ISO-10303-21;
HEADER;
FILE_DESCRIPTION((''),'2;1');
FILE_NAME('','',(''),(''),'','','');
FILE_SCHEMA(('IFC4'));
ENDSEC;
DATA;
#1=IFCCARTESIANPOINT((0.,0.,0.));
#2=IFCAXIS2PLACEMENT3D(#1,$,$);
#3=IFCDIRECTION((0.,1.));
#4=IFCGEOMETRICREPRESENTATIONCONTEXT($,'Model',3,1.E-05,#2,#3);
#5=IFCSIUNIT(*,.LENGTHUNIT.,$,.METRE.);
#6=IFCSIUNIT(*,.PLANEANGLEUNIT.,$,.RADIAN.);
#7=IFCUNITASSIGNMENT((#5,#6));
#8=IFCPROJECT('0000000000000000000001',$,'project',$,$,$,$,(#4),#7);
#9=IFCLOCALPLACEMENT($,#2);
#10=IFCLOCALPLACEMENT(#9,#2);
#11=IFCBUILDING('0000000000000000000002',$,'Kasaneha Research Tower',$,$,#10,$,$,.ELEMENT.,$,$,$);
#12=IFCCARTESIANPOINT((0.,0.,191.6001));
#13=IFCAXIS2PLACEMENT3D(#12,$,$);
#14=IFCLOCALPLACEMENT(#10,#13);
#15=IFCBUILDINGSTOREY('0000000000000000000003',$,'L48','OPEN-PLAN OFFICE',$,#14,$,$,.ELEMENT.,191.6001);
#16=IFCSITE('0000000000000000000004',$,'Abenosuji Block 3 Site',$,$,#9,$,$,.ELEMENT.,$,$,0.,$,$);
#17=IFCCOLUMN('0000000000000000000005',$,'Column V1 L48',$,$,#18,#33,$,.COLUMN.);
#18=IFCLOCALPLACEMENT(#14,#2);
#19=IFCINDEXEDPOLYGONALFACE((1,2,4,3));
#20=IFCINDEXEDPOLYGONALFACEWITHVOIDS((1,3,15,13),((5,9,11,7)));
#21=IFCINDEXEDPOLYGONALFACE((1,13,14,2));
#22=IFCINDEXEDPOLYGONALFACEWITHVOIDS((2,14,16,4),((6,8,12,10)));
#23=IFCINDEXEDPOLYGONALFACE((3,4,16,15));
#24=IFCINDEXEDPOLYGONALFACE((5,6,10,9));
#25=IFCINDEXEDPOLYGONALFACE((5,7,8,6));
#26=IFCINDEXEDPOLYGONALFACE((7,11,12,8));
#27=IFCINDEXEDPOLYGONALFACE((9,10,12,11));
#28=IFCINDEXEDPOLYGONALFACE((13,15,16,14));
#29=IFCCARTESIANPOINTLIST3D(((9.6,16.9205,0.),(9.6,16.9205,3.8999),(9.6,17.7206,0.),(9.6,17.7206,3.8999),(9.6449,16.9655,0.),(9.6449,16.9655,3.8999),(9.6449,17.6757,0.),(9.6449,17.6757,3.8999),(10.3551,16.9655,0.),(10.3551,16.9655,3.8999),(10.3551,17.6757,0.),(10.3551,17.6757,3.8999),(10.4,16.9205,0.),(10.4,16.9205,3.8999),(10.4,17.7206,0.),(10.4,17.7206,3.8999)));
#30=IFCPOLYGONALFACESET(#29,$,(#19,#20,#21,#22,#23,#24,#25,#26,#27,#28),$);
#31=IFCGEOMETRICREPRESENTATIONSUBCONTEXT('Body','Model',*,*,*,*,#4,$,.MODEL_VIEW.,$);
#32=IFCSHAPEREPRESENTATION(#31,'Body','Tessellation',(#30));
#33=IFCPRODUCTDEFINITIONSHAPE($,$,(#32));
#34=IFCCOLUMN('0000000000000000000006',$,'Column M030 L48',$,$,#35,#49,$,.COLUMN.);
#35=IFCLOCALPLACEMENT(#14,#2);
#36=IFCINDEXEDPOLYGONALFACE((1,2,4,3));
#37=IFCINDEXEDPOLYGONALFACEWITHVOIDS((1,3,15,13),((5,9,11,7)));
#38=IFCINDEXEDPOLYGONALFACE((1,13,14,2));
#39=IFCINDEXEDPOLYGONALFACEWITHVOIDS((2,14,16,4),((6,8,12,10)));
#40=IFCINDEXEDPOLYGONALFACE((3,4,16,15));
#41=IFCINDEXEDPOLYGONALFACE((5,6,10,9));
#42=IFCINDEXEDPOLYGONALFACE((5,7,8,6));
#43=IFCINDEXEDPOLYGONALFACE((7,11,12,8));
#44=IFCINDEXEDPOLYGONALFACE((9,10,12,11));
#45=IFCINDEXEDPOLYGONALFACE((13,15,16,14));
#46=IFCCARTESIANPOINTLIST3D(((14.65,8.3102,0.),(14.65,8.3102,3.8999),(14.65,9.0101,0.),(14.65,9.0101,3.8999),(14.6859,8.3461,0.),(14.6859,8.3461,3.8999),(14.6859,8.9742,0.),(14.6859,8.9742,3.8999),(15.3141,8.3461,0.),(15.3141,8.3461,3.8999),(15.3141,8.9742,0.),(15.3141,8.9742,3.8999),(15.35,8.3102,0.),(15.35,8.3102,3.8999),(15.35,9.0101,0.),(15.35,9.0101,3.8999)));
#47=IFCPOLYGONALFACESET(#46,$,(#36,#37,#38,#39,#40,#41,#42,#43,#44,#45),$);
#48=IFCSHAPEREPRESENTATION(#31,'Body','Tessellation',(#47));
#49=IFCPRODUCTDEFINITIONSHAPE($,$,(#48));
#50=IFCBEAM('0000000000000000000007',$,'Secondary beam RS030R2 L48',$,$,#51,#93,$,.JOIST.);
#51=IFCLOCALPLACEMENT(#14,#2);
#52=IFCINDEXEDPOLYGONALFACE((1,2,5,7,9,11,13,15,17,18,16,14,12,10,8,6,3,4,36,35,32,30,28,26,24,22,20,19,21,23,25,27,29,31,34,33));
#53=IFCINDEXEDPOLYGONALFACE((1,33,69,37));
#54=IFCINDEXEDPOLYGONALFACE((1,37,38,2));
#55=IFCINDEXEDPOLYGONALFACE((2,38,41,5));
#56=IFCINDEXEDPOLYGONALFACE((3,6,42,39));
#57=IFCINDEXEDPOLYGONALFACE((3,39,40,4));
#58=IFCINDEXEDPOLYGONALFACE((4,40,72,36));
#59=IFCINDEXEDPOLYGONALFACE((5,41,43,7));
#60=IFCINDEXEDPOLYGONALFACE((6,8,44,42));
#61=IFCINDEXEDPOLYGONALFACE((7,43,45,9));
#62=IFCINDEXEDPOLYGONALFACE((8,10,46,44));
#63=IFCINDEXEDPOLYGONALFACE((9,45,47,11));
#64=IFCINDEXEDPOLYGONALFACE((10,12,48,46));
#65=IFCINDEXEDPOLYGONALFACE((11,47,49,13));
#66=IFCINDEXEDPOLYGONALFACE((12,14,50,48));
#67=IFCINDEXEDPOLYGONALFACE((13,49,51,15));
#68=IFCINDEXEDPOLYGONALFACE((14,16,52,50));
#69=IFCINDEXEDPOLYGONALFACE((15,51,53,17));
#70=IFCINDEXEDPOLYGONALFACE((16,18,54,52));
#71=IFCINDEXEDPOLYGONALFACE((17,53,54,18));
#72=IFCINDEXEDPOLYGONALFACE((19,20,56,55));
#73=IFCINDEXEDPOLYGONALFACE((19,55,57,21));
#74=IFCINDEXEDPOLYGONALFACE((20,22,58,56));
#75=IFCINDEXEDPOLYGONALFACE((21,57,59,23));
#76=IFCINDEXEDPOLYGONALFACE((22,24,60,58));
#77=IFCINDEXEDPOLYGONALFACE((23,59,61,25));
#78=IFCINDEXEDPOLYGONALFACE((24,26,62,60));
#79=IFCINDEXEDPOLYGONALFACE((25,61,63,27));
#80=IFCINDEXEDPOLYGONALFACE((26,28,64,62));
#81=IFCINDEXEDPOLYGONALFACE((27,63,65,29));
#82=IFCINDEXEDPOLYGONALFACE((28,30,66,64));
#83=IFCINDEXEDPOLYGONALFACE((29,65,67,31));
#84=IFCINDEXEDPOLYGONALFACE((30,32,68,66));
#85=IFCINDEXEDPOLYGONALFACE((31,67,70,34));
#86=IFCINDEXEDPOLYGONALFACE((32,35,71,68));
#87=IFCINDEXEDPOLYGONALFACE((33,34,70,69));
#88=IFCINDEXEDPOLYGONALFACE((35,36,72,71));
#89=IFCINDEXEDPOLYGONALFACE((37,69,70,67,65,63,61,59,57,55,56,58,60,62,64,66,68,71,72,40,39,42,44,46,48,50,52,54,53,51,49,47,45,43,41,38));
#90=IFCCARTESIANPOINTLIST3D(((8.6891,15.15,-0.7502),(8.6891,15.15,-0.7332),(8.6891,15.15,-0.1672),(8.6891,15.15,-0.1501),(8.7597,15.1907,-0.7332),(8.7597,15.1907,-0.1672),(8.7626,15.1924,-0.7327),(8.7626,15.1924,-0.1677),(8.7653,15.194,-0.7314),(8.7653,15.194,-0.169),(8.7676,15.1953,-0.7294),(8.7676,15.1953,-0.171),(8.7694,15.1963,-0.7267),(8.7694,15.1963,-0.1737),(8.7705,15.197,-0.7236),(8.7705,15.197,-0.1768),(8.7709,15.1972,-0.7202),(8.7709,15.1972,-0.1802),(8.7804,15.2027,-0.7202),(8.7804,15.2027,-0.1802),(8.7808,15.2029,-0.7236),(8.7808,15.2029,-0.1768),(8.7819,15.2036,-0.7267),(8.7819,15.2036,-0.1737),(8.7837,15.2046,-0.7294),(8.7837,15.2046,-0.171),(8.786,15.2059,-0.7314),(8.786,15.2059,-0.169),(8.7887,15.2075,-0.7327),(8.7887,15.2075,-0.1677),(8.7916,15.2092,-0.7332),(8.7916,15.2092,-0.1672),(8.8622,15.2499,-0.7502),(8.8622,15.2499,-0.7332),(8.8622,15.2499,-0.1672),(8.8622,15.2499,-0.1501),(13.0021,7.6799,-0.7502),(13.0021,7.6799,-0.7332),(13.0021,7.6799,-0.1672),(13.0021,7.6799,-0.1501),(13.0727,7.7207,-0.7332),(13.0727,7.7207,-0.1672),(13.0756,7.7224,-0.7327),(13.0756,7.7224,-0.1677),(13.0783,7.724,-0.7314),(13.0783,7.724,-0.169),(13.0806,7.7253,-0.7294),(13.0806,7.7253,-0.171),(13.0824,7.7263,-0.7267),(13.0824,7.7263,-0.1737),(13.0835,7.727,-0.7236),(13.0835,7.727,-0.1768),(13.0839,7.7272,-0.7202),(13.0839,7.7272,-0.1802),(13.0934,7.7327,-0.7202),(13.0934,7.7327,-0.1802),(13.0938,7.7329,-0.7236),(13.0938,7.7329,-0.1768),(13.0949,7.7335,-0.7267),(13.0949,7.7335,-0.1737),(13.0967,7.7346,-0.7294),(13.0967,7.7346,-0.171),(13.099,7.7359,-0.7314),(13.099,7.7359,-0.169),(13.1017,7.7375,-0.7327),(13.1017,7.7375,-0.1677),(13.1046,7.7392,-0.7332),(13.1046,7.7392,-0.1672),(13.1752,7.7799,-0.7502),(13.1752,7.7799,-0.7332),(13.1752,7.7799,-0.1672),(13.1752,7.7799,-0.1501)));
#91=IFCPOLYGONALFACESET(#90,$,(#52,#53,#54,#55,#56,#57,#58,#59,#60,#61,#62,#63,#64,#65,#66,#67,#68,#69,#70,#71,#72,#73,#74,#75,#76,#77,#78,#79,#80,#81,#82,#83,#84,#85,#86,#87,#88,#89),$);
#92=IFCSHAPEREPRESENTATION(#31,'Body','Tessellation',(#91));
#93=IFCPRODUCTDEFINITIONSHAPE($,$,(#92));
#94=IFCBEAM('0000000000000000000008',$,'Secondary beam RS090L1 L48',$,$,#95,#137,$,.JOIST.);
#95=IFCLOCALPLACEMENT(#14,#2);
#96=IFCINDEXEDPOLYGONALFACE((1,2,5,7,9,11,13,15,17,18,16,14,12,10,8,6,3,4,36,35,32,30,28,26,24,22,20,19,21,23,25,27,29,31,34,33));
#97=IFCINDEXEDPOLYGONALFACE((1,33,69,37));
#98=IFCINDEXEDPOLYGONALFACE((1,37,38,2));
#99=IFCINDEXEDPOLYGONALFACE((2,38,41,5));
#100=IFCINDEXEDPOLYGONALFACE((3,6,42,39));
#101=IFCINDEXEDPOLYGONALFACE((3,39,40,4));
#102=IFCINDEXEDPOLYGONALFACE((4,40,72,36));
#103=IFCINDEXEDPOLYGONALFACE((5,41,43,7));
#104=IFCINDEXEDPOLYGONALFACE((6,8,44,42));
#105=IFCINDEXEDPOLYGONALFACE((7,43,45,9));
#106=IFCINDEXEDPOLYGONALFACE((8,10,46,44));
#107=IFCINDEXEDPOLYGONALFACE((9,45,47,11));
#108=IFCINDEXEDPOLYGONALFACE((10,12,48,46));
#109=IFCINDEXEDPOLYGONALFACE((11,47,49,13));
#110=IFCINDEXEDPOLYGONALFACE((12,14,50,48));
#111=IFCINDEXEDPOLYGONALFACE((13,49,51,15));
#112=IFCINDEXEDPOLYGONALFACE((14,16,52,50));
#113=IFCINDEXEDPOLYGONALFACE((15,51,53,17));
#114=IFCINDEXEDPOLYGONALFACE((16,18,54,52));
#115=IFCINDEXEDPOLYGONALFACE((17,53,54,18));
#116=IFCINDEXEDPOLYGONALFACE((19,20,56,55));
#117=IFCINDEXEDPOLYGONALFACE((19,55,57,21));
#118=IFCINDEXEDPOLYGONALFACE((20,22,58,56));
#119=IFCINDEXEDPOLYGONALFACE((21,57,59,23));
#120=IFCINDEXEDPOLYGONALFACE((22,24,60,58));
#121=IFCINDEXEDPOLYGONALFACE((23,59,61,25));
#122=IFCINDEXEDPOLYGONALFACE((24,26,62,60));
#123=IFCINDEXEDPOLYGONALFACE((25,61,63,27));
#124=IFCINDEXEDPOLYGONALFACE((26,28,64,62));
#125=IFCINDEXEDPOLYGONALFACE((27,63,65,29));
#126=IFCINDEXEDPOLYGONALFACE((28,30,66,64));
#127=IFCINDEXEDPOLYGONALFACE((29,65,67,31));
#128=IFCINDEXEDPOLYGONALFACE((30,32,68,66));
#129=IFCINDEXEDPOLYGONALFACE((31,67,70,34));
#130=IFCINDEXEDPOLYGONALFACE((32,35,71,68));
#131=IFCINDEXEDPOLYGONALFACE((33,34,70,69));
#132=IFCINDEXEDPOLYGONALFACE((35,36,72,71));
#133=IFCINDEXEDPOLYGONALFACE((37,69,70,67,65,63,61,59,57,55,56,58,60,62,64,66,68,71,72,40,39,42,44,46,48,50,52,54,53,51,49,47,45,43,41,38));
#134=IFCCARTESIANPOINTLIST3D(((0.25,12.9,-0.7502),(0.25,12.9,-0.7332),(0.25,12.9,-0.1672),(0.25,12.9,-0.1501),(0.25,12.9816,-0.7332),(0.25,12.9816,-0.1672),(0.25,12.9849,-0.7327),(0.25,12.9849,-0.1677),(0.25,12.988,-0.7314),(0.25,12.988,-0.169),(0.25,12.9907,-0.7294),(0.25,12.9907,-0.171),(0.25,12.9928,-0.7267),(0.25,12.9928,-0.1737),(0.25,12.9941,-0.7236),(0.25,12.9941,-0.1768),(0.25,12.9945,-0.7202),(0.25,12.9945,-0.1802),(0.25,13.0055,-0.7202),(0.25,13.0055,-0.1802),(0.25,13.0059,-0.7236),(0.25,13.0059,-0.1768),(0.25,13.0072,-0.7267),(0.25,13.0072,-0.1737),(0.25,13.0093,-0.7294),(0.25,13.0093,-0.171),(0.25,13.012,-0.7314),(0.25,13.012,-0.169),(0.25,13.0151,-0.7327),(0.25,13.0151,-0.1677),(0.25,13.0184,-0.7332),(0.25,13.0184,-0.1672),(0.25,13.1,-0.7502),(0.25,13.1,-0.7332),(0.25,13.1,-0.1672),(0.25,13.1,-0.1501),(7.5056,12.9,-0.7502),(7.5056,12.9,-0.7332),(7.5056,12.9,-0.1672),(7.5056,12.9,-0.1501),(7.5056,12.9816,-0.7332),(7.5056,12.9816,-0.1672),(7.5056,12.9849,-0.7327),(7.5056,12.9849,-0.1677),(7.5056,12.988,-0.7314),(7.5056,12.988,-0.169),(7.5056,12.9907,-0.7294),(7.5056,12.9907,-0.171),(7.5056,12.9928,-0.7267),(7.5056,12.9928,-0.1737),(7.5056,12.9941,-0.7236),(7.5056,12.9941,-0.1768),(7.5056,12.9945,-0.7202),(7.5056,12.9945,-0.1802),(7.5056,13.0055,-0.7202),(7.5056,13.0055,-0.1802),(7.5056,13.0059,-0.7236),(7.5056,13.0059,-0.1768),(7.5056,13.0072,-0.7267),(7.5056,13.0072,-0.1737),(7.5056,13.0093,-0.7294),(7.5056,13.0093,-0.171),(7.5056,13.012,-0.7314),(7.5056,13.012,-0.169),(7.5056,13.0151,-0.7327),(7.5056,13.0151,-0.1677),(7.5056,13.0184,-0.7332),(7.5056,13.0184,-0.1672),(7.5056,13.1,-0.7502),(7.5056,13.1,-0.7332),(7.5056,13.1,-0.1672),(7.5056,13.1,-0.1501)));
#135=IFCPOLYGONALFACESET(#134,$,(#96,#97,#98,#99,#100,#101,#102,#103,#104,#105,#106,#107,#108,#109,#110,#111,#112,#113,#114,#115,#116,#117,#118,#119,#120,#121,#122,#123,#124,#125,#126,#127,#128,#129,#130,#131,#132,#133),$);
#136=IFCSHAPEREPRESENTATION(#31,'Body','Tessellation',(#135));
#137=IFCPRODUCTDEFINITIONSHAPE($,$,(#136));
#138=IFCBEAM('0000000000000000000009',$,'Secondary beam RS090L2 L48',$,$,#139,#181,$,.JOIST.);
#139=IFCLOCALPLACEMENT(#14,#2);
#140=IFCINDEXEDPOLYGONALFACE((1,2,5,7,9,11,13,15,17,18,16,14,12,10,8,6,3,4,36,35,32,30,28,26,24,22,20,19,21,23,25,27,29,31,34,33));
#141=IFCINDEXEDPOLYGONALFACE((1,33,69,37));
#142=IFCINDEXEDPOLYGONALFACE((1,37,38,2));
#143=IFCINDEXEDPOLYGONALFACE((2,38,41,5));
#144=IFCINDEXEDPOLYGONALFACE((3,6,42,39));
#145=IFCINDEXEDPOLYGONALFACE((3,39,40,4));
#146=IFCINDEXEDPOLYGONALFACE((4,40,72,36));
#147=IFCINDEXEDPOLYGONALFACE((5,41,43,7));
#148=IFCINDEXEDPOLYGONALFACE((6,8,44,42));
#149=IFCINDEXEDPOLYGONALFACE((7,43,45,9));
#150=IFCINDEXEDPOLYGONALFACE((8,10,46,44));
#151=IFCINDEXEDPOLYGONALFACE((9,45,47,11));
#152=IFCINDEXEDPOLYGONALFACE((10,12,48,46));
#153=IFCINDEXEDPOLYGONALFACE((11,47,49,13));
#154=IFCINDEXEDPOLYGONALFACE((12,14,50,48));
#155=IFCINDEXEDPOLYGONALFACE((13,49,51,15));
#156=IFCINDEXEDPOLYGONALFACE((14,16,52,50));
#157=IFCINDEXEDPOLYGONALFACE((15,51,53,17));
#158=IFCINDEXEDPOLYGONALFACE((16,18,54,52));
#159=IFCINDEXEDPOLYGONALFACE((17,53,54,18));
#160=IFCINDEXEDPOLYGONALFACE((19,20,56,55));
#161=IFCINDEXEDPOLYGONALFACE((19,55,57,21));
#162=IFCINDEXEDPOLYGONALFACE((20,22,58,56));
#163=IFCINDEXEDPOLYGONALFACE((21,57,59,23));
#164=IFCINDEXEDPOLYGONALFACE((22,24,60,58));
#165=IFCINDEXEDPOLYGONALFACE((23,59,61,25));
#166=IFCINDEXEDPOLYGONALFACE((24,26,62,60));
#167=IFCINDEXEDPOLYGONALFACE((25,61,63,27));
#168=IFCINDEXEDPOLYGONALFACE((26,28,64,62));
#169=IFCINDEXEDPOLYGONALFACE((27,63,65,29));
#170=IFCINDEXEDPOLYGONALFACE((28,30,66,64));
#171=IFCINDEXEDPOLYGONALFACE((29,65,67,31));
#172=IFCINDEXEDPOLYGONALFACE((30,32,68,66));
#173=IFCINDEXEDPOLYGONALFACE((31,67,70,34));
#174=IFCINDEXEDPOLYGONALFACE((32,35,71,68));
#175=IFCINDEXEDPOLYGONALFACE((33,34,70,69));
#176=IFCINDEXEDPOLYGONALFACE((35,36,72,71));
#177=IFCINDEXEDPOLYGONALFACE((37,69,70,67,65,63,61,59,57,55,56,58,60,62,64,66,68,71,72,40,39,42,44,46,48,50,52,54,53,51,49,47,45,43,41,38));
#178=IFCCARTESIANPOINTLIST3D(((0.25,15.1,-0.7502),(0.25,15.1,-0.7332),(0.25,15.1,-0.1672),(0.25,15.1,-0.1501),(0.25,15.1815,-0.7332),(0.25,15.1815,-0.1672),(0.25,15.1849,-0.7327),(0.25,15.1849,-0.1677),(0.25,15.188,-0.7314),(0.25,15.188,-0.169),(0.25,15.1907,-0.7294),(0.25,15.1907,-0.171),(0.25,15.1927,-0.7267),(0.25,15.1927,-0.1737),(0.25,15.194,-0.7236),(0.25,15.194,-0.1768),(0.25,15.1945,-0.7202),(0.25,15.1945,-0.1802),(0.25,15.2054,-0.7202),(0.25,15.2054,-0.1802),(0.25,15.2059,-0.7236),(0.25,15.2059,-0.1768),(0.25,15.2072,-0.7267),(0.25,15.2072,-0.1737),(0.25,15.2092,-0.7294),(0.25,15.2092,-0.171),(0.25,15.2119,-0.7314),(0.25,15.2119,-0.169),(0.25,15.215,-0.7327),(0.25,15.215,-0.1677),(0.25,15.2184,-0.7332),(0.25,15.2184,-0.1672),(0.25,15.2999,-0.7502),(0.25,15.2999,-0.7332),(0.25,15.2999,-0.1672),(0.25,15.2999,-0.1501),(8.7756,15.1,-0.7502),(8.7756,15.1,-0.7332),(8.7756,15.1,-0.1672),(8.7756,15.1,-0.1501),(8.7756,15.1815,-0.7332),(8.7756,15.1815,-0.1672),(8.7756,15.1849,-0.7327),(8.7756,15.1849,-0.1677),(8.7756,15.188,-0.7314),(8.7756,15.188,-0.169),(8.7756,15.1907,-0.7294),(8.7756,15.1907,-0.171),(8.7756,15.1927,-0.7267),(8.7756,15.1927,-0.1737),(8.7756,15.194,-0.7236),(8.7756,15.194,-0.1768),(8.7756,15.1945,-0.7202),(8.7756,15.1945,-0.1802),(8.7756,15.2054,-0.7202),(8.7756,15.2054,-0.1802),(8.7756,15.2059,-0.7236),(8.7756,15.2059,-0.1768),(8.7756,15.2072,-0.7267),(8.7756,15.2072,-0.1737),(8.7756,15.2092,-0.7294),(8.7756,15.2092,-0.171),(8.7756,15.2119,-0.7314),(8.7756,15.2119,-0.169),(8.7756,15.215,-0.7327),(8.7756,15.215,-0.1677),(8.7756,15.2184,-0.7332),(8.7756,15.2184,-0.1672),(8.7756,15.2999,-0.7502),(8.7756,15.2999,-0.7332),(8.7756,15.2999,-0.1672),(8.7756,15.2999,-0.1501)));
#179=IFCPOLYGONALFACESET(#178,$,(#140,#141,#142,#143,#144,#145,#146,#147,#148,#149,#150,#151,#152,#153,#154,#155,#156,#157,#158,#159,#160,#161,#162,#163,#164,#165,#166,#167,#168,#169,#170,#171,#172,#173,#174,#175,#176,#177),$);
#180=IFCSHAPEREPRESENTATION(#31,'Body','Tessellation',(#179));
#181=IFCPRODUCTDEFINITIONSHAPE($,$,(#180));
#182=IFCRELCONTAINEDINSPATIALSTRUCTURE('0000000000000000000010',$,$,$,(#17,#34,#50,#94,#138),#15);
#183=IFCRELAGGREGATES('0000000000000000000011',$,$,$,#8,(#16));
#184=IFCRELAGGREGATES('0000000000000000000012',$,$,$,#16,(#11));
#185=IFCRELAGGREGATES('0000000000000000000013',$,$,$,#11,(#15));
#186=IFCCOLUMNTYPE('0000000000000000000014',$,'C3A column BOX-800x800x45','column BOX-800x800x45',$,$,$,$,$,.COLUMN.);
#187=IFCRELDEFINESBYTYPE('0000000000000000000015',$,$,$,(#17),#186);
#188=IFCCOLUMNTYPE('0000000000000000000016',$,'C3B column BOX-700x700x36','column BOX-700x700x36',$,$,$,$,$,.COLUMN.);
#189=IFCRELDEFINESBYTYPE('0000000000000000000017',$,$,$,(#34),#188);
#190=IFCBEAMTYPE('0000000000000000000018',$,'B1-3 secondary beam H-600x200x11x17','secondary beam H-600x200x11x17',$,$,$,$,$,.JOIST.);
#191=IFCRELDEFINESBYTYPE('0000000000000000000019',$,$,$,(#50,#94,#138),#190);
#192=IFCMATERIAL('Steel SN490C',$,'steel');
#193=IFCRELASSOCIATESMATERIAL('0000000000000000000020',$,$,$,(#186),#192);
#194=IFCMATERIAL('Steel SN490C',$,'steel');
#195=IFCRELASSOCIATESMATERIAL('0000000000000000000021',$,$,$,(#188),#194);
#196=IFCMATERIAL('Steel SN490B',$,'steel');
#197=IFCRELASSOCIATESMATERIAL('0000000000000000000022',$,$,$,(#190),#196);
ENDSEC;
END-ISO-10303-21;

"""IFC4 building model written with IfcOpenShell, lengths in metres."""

from ifc_helpers import new_model, si_unit, direction, frame, origin, origin_2d, place, context, subcontext, project, spatial, hollow_rectangle, i_section, extrude, material, material_profile, profile_set, type_object, element, save


model = new_model("IFC4")

# Units and contexts
model_context = context("Model", 3, precision=1e-05, world=origin(), true_north=direction((0.0, 1.0)))
body_context = subcontext(model_context, "Body", "Model", "MODEL_VIEW")
ifc_project = project(units=[si_unit("LENGTHUNIT", "METRE"), si_unit("PLANEANGLEUNIT", "RADIAN")], contexts=[model_context])

# Site, building, storey
site_placement = place(None, origin())
site = spatial("IfcSite", under=ifc_project, at=site_placement, Name="Abenosuji Block 3 Site", CompositionType="ELEMENT", RefElevation=0.0)
building_placement = place(site_placement, origin())
building = spatial("IfcBuilding", under=site, at=building_placement, Name="Kasaneha Research Tower", CompositionType="ELEMENT")
storey_placement = place(building_placement, frame((0.0, 0.0, 191.6001)))
storey = spatial("IfcBuildingStorey", under=building, at=storey_placement, Name="L48", Description="OPEN-PLAN OFFICE", CompositionType="ELEMENT", Elevation=191.6001)

# Columns
ifc_material_1 = material(Name="Steel SN490C", Category="steel")
ifc_material_profile_1 = material_profile(ifc_material_1, hollow_rectangle(XDim=0.8, YDim=0.8, WallThickness=0.0449, at=origin_2d()), Name="BOX-800x800x45")
ifc_profile_set_1 = profile_set([ifc_material_profile_1], Name="Steel SN490C")
column_type_1 = type_object("IfcColumnType", Name="C3A column BOX-800x800x45", Description="column BOX-800x800x45", PredefinedType="COLUMN", material=ifc_profile_set_1)
column_1_placement = place(storey_placement, frame((10.0, 17.3206, 0.0), z_axis=(0.0, 0.0, 1.0), x_axis=(1.0, 0.0, 0.0)))
element("IfcColumn", 1, at=column_1_placement, inside=storey, type_object=column_type_1, Name="Column V1 L48", PredefinedType="COLUMN", context=body_context, shape_type="SweptSolid", body=[
    extrude(hollow_rectangle(XDim=0.8, YDim=0.8, WallThickness=0.0449, at=origin_2d()), origin(), (0.0, 0.0, 1.0), 3.8999),
])
ifc_material_2 = material(Name="Steel SN490C", Category="steel")
ifc_material_profile_2 = material_profile(ifc_material_2, hollow_rectangle(XDim=0.7, YDim=0.7, WallThickness=0.0359, at=origin_2d()), Name="BOX-700x700x36")
ifc_profile_set_2 = profile_set([ifc_material_profile_2], Name="Steel SN490C")
column_type_2 = type_object("IfcColumnType", Name="C3B column BOX-700x700x36", Description="column BOX-700x700x36", PredefinedType="COLUMN", material=ifc_profile_set_2)
column_2_placement = place(storey_placement, frame((15.0, 8.6602, 0.0), z_axis=(0.0, 0.0, 1.0), x_axis=(1.0, 0.0, 0.0)))
element("IfcColumn", 2, at=column_2_placement, inside=storey, type_object=column_type_2, Name="Column M030 L48", PredefinedType="COLUMN", context=body_context, shape_type="SweptSolid", body=[
    extrude(hollow_rectangle(XDim=0.7, YDim=0.7, WallThickness=0.0359, at=origin_2d()), origin(), (0.0, 0.0, 1.0), 3.8999),
])

# Beams
ifc_material_3 = material(Name="Steel SN490B", Category="steel")
ifc_material_profile_3 = material_profile(ifc_material_3, i_section(OverallWidth=0.2, OverallDepth=0.6001, WebThickness=0.011, FlangeThickness=0.0171, FilletRadius=0.0129, at=origin_2d()), Name="H-600x200x11x17")
ifc_profile_set_3 = profile_set([ifc_material_profile_3], Name="Steel SN490B")
beam_type_1 = type_object("IfcBeamType", Name="B1-3 secondary beam H-600x200x11x17", Description="secondary beam H-600x200x11x17", PredefinedType="JOIST", material=ifc_profile_set_3)
beam_1_placement = place(storey_placement, frame((8.7756, 15.2, -0.4502), z_axis=(0.500017, -0.866015, 0.0), x_axis=(0.866015, 0.500017, 0.0)))
element("IfcBeam", 3, at=beam_1_placement, inside=storey, type_object=beam_type_1, Name="Secondary beam RS030R2 L48", PredefinedType="JOIST", context=body_context, shape_type="SweptSolid", body=[
    extrude(i_section(OverallWidth=0.2, OverallDepth=0.6001, WebThickness=0.011, FlangeThickness=0.0171, FilletRadius=0.0129, at=origin_2d()), origin(), (0.0, 0.0, 1.0), 8.6257),
])
beam_2_placement = place(storey_placement, frame((7.5056, 13.0, -0.4502), z_axis=(-1.0, 0.0, 0.0), x_axis=(0.0, -1.0, 0.0)))
element("IfcBeam", 4, at=beam_2_placement, inside=storey, type_object=beam_type_1, Name="Secondary beam RS090L1 L48", PredefinedType="JOIST", context=body_context, shape_type="SweptSolid", body=[
    extrude(i_section(OverallWidth=0.2, OverallDepth=0.6001, WebThickness=0.011, FlangeThickness=0.0171, FilletRadius=0.0129, at=origin_2d()), origin(), (0.0, 0.0, 1.0), 7.2556),
])
beam_3_placement = place(storey_placement, frame((8.7756, 15.2, -0.4502), z_axis=(-1.0, 0.0, 0.0), x_axis=(0.0, -1.0, 0.0)))
element("IfcBeam", 5, at=beam_3_placement, inside=storey, type_object=beam_type_1, Name="Secondary beam RS090L2 L48", PredefinedType="JOIST", context=body_context, shape_type="SweptSolid", body=[
    extrude(i_section(OverallWidth=0.2, OverallDepth=0.6001, WebThickness=0.011, FlangeThickness=0.0171, FilletRadius=0.0129, at=origin_2d()), origin(), (0.0, 0.0, 1.0), 8.5256),
])

save(model, "model.ifc")
